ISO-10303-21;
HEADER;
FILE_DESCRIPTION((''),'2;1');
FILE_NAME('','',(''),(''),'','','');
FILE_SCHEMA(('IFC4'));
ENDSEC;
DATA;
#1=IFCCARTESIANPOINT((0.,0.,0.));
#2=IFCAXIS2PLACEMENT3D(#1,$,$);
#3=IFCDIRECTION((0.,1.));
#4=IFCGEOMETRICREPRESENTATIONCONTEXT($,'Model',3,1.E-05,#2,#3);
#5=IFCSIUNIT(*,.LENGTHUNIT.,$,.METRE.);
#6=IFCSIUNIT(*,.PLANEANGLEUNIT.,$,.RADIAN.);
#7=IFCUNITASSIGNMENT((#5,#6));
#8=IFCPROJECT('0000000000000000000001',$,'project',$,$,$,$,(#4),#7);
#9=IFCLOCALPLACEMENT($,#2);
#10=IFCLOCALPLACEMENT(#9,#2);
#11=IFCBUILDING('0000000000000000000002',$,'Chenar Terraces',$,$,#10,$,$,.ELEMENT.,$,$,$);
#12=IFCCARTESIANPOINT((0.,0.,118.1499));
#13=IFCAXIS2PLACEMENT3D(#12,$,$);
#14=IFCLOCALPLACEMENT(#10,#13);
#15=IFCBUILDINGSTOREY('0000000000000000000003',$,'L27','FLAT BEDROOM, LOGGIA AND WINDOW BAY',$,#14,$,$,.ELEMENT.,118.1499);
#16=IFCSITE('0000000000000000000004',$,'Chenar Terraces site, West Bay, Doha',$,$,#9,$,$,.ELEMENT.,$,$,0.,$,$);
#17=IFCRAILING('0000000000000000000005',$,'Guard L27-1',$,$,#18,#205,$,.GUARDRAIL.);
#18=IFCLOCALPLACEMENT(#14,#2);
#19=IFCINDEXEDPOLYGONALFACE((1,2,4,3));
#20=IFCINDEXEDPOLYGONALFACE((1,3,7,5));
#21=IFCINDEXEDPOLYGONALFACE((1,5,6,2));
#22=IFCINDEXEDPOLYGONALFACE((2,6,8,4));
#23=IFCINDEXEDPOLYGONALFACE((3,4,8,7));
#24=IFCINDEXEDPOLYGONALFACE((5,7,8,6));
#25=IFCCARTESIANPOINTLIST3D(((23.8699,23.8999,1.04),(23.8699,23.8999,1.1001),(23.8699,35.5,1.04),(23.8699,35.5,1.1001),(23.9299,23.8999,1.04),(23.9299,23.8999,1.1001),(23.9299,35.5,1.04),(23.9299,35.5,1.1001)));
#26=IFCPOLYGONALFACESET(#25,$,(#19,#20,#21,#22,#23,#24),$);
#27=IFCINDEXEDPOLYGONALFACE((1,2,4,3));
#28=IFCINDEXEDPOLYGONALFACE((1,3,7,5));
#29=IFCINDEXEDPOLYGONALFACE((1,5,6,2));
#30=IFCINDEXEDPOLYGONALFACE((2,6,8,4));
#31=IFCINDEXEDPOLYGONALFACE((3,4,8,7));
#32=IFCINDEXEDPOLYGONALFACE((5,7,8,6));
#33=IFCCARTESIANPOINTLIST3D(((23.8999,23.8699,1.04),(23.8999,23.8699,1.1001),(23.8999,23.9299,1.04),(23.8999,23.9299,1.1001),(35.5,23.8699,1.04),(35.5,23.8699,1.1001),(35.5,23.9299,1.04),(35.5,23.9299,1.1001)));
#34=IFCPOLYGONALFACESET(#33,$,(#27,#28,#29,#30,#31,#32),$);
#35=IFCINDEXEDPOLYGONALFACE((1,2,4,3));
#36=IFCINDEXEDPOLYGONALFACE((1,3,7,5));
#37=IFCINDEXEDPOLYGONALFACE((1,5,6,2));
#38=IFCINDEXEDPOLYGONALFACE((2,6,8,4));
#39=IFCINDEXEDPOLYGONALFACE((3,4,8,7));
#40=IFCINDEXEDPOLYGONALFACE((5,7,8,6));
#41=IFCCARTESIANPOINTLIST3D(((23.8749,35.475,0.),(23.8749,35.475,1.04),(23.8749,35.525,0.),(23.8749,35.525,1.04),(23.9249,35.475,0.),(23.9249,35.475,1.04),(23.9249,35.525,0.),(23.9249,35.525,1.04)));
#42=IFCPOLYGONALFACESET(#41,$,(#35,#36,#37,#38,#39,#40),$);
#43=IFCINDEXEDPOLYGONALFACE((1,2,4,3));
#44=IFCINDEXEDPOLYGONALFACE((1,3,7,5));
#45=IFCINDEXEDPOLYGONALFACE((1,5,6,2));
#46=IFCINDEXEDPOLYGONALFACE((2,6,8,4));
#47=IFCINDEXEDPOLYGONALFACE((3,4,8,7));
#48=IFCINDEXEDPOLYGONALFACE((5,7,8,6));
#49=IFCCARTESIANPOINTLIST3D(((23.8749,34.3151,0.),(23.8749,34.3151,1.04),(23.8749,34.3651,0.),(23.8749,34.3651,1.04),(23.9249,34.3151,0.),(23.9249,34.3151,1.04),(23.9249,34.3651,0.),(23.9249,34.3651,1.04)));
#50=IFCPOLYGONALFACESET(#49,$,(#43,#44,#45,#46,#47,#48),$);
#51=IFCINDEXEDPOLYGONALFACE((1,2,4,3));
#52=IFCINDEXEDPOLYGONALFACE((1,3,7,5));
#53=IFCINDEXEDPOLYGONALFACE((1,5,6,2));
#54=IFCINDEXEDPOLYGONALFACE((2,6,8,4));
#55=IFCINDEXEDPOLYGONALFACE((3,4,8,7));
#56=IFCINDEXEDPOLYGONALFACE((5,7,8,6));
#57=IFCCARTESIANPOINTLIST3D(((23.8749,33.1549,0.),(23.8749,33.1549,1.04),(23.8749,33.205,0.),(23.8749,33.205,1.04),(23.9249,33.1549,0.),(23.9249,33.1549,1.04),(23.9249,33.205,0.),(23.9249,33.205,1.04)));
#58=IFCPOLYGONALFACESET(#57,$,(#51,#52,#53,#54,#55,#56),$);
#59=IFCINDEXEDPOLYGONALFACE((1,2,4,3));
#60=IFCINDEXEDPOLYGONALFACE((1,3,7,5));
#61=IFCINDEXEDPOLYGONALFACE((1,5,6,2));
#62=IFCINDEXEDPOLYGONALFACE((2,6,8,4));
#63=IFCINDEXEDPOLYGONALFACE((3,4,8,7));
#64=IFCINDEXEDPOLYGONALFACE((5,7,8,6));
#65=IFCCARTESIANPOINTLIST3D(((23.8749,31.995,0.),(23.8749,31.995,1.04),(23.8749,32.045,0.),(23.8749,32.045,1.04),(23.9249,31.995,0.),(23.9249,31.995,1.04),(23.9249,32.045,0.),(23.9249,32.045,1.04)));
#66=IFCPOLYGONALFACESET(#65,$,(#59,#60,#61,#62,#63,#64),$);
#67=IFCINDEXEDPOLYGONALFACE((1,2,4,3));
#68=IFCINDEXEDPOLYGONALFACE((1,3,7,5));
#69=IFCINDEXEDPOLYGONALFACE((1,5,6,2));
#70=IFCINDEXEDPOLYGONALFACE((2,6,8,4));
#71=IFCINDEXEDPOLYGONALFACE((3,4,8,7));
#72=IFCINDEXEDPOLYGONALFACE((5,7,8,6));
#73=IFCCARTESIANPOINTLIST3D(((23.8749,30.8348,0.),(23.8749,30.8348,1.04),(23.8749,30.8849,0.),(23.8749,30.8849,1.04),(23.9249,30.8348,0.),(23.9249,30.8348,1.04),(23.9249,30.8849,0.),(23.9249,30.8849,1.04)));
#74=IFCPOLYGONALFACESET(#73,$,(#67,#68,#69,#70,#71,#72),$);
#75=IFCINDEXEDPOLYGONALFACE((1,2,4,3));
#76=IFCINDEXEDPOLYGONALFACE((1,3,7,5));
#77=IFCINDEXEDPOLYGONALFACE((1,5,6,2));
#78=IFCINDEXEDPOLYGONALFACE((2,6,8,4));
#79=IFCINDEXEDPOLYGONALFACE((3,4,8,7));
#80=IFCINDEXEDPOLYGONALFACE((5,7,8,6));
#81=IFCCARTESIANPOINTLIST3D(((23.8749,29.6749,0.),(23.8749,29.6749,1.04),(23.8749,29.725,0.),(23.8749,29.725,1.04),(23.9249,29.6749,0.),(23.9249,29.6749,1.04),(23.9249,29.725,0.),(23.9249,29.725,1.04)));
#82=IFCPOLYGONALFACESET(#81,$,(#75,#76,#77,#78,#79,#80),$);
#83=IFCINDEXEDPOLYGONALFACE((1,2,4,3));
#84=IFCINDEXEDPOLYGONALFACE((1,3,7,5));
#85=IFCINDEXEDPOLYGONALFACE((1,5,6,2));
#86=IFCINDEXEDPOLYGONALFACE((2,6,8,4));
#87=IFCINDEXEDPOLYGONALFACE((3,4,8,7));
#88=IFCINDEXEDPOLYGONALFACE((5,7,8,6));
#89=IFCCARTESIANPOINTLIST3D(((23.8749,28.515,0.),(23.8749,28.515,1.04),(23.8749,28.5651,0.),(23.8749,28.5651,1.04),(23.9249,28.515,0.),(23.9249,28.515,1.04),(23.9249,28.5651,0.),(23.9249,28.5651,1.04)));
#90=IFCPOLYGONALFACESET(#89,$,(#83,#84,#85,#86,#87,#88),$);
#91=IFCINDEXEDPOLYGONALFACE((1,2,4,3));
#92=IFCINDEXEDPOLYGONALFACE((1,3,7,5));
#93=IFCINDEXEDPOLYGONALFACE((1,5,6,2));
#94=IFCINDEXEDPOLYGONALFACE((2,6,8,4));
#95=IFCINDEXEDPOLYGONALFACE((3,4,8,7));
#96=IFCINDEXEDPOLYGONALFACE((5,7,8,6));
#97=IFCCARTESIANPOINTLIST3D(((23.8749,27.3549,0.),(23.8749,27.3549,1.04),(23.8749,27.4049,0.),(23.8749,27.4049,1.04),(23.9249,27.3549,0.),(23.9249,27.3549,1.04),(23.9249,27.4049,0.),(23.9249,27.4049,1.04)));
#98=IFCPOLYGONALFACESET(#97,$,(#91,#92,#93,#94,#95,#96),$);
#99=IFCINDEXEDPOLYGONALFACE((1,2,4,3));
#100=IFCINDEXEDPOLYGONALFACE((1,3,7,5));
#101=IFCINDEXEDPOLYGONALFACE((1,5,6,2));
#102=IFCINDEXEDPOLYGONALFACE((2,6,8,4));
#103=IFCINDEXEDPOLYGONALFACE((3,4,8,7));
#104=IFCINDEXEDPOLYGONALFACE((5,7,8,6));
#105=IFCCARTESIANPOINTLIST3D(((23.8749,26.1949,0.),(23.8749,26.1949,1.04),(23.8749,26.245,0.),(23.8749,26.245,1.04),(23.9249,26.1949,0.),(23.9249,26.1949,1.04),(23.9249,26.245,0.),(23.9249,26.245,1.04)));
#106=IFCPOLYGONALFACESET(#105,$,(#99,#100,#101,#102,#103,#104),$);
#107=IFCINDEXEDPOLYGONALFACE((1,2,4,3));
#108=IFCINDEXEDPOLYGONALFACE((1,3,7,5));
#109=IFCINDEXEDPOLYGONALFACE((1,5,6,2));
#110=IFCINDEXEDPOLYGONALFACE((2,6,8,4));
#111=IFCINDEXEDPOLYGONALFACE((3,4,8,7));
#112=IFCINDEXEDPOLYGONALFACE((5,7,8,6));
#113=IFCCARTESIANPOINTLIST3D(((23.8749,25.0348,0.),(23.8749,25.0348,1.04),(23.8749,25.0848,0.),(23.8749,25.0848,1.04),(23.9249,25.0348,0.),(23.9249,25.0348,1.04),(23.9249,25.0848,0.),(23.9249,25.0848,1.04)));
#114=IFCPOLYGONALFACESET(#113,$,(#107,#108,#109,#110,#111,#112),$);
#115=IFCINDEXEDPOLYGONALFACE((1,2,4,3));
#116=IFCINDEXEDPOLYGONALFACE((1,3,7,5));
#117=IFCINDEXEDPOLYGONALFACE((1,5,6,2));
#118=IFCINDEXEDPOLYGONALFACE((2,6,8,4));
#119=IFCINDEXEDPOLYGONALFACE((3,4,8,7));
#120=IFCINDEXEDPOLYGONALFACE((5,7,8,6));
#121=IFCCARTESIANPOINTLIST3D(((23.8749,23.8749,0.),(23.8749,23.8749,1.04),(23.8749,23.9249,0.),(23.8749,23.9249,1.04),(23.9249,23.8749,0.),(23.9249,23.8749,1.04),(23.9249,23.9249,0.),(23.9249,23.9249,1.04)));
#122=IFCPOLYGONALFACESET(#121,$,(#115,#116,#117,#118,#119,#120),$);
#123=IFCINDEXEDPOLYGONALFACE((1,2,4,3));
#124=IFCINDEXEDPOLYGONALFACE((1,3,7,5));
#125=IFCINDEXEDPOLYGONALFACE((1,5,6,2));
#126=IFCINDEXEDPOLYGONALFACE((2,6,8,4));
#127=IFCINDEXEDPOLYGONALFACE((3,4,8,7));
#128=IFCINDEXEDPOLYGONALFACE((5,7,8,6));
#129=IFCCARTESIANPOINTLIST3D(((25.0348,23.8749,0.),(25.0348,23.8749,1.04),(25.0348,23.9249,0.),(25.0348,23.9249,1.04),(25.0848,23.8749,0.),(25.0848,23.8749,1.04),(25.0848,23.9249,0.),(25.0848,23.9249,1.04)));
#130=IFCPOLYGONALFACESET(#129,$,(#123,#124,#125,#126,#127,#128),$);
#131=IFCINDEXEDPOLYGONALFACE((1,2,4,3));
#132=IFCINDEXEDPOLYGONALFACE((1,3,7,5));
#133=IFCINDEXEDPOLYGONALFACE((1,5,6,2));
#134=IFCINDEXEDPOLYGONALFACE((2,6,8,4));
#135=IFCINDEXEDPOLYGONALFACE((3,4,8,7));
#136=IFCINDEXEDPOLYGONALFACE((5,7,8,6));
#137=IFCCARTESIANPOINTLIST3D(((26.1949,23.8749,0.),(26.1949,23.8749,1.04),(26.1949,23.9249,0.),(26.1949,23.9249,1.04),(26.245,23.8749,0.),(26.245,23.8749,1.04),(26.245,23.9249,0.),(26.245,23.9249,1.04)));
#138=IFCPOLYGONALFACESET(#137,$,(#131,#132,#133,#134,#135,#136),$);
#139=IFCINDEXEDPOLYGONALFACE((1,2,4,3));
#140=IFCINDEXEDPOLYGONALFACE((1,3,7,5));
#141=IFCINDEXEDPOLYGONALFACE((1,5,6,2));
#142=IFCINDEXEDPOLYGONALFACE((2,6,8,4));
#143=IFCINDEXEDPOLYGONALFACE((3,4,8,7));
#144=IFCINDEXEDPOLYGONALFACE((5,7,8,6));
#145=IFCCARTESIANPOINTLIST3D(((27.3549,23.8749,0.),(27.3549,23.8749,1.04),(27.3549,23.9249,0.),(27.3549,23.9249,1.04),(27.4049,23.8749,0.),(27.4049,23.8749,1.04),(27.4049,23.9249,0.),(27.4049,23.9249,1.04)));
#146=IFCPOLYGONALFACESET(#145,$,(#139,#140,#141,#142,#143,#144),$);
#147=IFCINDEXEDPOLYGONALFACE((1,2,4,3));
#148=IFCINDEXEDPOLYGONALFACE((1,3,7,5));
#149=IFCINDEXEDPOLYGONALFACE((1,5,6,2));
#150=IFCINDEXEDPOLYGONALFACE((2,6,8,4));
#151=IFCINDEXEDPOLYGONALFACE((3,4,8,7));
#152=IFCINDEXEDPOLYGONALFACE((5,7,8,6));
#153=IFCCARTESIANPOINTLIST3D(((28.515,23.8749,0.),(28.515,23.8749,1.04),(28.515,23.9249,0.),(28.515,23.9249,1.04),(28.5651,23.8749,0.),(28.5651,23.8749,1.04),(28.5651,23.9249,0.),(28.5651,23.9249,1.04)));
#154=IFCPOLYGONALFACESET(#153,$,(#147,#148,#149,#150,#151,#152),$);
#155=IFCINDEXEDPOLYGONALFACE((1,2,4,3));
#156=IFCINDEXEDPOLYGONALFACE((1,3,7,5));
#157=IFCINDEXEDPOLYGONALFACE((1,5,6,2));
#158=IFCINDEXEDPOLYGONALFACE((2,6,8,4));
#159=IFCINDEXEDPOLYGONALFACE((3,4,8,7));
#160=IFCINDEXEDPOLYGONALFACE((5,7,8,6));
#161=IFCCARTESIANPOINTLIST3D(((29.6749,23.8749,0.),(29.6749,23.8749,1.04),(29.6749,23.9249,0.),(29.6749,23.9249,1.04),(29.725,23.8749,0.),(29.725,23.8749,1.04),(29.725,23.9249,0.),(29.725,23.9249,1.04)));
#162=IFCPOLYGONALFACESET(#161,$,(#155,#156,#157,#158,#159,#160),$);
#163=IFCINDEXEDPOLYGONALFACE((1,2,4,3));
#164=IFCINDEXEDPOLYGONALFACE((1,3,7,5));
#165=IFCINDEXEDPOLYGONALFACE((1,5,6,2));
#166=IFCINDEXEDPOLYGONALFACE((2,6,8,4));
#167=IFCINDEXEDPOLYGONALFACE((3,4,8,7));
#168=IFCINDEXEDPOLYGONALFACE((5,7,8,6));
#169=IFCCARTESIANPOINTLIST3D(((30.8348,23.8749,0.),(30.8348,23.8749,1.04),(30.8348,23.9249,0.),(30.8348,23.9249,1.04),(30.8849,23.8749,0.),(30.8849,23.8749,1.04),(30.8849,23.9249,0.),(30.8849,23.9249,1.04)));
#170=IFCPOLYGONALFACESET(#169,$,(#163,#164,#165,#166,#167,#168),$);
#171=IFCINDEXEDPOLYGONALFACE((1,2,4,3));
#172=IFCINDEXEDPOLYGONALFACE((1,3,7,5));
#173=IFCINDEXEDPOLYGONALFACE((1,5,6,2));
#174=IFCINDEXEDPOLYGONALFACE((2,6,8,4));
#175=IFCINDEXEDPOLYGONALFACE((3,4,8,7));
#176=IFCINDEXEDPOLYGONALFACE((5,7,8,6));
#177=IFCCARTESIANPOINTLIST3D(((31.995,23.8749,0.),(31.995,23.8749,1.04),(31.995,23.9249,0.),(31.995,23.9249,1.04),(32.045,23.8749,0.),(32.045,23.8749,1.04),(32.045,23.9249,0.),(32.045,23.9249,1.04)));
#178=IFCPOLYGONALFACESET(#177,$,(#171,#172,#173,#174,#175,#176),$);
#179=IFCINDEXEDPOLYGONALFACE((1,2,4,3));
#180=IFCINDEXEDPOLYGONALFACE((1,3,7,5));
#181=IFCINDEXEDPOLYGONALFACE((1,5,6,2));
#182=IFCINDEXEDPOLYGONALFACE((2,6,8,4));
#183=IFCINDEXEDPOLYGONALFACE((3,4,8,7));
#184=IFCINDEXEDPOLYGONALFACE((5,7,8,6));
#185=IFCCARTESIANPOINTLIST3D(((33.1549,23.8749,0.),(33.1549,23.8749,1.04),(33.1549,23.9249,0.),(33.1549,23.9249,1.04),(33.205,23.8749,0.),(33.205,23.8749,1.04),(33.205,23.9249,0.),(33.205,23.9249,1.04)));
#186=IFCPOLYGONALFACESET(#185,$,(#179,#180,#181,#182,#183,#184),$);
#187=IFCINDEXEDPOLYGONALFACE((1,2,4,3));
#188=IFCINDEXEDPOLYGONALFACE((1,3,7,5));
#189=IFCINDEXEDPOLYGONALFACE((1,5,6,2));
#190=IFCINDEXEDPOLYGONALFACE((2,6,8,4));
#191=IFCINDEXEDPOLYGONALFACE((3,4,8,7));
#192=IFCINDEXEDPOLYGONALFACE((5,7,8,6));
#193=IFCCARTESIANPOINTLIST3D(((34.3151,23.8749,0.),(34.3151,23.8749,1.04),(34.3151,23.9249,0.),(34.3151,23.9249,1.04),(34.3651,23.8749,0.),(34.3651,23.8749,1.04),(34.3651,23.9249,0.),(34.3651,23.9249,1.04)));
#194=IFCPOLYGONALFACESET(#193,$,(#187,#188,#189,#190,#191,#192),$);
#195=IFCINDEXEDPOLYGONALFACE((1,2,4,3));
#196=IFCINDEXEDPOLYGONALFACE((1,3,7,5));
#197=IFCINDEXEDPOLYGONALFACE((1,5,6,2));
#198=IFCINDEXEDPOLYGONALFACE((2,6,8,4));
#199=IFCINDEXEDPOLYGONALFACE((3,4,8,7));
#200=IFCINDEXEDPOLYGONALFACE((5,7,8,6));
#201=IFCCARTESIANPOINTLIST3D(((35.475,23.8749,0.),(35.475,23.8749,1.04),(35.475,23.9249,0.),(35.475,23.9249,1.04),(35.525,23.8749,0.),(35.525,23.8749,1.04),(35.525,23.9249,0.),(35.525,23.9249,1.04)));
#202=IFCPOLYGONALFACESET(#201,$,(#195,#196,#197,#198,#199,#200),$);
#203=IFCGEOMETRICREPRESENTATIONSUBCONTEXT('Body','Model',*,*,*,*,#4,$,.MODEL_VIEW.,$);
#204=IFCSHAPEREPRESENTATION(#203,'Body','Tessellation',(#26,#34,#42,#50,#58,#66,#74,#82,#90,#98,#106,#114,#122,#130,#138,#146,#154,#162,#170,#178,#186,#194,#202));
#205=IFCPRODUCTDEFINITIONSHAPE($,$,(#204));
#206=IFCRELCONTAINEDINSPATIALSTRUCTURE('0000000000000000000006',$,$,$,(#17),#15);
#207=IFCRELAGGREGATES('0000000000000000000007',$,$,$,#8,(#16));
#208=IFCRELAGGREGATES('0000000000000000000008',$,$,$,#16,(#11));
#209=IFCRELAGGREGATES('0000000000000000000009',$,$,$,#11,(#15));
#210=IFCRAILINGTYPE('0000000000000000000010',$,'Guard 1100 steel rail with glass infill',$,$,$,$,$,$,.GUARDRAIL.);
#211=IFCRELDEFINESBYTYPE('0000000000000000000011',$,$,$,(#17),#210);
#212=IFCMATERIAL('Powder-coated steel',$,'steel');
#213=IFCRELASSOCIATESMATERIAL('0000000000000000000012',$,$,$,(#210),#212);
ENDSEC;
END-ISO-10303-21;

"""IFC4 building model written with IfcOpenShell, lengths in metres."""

from ifc_helpers import new_model, si_unit, direction, frame, origin, origin_2d, place, context, subcontext, project, spatial, rectangle, extrude, material, type_object, element, save


model = new_model("IFC4")

# Units and contexts
model_context = context("Model", 3, precision=1e-05, world=origin(), true_north=direction((0.0, 1.0)))
body_context = subcontext(model_context, "Body", "Model", "MODEL_VIEW")
ifc_project = project(units=[si_unit("LENGTHUNIT", "METRE"), si_unit("PLANEANGLEUNIT", "RADIAN")], contexts=[model_context])

# Site, building, storey
site_placement = place(None, origin())
site = spatial("IfcSite", under=ifc_project, at=site_placement, Name="Chenar Terraces site, West Bay, Doha", CompositionType="ELEMENT", RefElevation=0.0)
building_placement = place(site_placement, origin())
building = spatial("IfcBuilding", under=site, at=building_placement, Name="Chenar Terraces", CompositionType="ELEMENT")
storey_placement = place(building_placement, frame((0.0, 0.0, 118.1499)))
storey = spatial("IfcBuildingStorey", under=building, at=storey_placement, Name="L27", Description="FLAT BEDROOM, LOGGIA AND WINDOW BAY", CompositionType="ELEMENT", Elevation=118.1499)

# Railing
ifc_material_1 = material(Name="Powder-coated steel", Category="steel")
railing_type = type_object("IfcRailingType", Name="Guard 1100 steel rail with glass infill", PredefinedType="GUARDRAIL", material=ifc_material_1)
railing_1_placement = place(storey_placement, frame((23.8999, 35.5, 0.0)))
element("IfcRailing", 1, at=railing_1_placement, inside=storey, type_object=railing_type, Name="Guard L27-1", PredefinedType="GUARDRAIL", context=body_context, shape_type="SweptSolid", body=[
    extrude(rectangle(XDim=0.0601, YDim=0.0601, at=origin_2d()), frame((0.0, 0.0, 1.0701), z_axis=(0.0, -1.0, 0.0), x_axis=(1.0, 0.0, 0.0)), (0.0, 0.0, 1.0), 11.6001),
    extrude(rectangle(XDim=0.0601, YDim=0.0601, at=origin_2d()), frame((0.0, -11.6001, 1.0701), z_axis=(1.0, 0.0, 0.0), x_axis=(0.0, 1.0, 0.0)), (0.0, 0.0, 1.0), 11.6001),
    extrude(rectangle(XDim=0.05, YDim=0.05, at=origin_2d()), origin(), (0.0, 0.0, 1.0), 1.04),
    extrude(rectangle(XDim=0.05, YDim=0.05, at=origin_2d()), frame((0.0, -1.1599, 0.0)), (0.0, 0.0, 1.0), 1.04),
    extrude(rectangle(XDim=0.05, YDim=0.05, at=origin_2d()), frame((0.0, -2.3201, 0.0)), (0.0, 0.0, 1.0), 1.04),
    extrude(rectangle(XDim=0.05, YDim=0.05, at=origin_2d()), frame((0.0, -3.48, 0.0)), (0.0, 0.0, 1.0), 1.04),
    extrude(rectangle(XDim=0.05, YDim=0.05, at=origin_2d()), frame((0.0, -4.6401, 0.0)), (0.0, 0.0, 1.0), 1.04),
    extrude(rectangle(XDim=0.05, YDim=0.05, at=origin_2d()), frame((0.0, -5.8, 0.0)), (0.0, 0.0, 1.0), 1.04),
    extrude(rectangle(XDim=0.05, YDim=0.05, at=origin_2d()), frame((0.0, -6.96, 0.0)), (0.0, 0.0, 1.0), 1.04),
    extrude(rectangle(XDim=0.05, YDim=0.05, at=origin_2d()), frame((0.0, -8.1201, 0.0)), (0.0, 0.0, 1.0), 1.04),
    extrude(rectangle(XDim=0.05, YDim=0.05, at=origin_2d()), frame((0.0, -9.28, 0.0)), (0.0, 0.0, 1.0), 1.04),
    extrude(rectangle(XDim=0.05, YDim=0.05, at=origin_2d()), frame((0.0, -10.4402, 0.0)), (0.0, 0.0, 1.0), 1.04),
    extrude(rectangle(XDim=0.05, YDim=0.05, at=origin_2d()), frame((0.0, -11.6001, 0.0)), (0.0, 0.0, 1.0), 1.04),
    extrude(rectangle(XDim=0.05, YDim=0.05, at=origin_2d()), frame((1.1599, -11.6001, 0.0)), (0.0, 0.0, 1.0), 1.04),
    extrude(rectangle(XDim=0.05, YDim=0.05, at=origin_2d()), frame((2.3201, -11.6001, 0.0)), (0.0, 0.0, 1.0), 1.04),
    extrude(rectangle(XDim=0.05, YDim=0.05, at=origin_2d()), frame((3.48, -11.6001, 0.0)), (0.0, 0.0, 1.0), 1.04),
    extrude(rectangle(XDim=0.05, YDim=0.05, at=origin_2d()), frame((4.6401, -11.6001, 0.0)), (0.0, 0.0, 1.0), 1.04),
    extrude(rectangle(XDim=0.05, YDim=0.05, at=origin_2d()), frame((5.8, -11.6001, 0.0)), (0.0, 0.0, 1.0), 1.04),
    extrude(rectangle(XDim=0.05, YDim=0.05, at=origin_2d()), frame((6.96, -11.6001, 0.0)), (0.0, 0.0, 1.0), 1.04),
    extrude(rectangle(XDim=0.05, YDim=0.05, at=origin_2d()), frame((8.1201, -11.6001, 0.0)), (0.0, 0.0, 1.0), 1.04),
    extrude(rectangle(XDim=0.05, YDim=0.05, at=origin_2d()), frame((9.28, -11.6001, 0.0)), (0.0, 0.0, 1.0), 1.04),
    extrude(rectangle(XDim=0.05, YDim=0.05, at=origin_2d()), frame((10.4402, -11.6001, 0.0)), (0.0, 0.0, 1.0), 1.04),
    extrude(rectangle(XDim=0.05, YDim=0.05, at=origin_2d()), frame((11.6001, -11.6001, 0.0)), (0.0, 0.0, 1.0), 1.04),
])

save(model, "model.ifc")
